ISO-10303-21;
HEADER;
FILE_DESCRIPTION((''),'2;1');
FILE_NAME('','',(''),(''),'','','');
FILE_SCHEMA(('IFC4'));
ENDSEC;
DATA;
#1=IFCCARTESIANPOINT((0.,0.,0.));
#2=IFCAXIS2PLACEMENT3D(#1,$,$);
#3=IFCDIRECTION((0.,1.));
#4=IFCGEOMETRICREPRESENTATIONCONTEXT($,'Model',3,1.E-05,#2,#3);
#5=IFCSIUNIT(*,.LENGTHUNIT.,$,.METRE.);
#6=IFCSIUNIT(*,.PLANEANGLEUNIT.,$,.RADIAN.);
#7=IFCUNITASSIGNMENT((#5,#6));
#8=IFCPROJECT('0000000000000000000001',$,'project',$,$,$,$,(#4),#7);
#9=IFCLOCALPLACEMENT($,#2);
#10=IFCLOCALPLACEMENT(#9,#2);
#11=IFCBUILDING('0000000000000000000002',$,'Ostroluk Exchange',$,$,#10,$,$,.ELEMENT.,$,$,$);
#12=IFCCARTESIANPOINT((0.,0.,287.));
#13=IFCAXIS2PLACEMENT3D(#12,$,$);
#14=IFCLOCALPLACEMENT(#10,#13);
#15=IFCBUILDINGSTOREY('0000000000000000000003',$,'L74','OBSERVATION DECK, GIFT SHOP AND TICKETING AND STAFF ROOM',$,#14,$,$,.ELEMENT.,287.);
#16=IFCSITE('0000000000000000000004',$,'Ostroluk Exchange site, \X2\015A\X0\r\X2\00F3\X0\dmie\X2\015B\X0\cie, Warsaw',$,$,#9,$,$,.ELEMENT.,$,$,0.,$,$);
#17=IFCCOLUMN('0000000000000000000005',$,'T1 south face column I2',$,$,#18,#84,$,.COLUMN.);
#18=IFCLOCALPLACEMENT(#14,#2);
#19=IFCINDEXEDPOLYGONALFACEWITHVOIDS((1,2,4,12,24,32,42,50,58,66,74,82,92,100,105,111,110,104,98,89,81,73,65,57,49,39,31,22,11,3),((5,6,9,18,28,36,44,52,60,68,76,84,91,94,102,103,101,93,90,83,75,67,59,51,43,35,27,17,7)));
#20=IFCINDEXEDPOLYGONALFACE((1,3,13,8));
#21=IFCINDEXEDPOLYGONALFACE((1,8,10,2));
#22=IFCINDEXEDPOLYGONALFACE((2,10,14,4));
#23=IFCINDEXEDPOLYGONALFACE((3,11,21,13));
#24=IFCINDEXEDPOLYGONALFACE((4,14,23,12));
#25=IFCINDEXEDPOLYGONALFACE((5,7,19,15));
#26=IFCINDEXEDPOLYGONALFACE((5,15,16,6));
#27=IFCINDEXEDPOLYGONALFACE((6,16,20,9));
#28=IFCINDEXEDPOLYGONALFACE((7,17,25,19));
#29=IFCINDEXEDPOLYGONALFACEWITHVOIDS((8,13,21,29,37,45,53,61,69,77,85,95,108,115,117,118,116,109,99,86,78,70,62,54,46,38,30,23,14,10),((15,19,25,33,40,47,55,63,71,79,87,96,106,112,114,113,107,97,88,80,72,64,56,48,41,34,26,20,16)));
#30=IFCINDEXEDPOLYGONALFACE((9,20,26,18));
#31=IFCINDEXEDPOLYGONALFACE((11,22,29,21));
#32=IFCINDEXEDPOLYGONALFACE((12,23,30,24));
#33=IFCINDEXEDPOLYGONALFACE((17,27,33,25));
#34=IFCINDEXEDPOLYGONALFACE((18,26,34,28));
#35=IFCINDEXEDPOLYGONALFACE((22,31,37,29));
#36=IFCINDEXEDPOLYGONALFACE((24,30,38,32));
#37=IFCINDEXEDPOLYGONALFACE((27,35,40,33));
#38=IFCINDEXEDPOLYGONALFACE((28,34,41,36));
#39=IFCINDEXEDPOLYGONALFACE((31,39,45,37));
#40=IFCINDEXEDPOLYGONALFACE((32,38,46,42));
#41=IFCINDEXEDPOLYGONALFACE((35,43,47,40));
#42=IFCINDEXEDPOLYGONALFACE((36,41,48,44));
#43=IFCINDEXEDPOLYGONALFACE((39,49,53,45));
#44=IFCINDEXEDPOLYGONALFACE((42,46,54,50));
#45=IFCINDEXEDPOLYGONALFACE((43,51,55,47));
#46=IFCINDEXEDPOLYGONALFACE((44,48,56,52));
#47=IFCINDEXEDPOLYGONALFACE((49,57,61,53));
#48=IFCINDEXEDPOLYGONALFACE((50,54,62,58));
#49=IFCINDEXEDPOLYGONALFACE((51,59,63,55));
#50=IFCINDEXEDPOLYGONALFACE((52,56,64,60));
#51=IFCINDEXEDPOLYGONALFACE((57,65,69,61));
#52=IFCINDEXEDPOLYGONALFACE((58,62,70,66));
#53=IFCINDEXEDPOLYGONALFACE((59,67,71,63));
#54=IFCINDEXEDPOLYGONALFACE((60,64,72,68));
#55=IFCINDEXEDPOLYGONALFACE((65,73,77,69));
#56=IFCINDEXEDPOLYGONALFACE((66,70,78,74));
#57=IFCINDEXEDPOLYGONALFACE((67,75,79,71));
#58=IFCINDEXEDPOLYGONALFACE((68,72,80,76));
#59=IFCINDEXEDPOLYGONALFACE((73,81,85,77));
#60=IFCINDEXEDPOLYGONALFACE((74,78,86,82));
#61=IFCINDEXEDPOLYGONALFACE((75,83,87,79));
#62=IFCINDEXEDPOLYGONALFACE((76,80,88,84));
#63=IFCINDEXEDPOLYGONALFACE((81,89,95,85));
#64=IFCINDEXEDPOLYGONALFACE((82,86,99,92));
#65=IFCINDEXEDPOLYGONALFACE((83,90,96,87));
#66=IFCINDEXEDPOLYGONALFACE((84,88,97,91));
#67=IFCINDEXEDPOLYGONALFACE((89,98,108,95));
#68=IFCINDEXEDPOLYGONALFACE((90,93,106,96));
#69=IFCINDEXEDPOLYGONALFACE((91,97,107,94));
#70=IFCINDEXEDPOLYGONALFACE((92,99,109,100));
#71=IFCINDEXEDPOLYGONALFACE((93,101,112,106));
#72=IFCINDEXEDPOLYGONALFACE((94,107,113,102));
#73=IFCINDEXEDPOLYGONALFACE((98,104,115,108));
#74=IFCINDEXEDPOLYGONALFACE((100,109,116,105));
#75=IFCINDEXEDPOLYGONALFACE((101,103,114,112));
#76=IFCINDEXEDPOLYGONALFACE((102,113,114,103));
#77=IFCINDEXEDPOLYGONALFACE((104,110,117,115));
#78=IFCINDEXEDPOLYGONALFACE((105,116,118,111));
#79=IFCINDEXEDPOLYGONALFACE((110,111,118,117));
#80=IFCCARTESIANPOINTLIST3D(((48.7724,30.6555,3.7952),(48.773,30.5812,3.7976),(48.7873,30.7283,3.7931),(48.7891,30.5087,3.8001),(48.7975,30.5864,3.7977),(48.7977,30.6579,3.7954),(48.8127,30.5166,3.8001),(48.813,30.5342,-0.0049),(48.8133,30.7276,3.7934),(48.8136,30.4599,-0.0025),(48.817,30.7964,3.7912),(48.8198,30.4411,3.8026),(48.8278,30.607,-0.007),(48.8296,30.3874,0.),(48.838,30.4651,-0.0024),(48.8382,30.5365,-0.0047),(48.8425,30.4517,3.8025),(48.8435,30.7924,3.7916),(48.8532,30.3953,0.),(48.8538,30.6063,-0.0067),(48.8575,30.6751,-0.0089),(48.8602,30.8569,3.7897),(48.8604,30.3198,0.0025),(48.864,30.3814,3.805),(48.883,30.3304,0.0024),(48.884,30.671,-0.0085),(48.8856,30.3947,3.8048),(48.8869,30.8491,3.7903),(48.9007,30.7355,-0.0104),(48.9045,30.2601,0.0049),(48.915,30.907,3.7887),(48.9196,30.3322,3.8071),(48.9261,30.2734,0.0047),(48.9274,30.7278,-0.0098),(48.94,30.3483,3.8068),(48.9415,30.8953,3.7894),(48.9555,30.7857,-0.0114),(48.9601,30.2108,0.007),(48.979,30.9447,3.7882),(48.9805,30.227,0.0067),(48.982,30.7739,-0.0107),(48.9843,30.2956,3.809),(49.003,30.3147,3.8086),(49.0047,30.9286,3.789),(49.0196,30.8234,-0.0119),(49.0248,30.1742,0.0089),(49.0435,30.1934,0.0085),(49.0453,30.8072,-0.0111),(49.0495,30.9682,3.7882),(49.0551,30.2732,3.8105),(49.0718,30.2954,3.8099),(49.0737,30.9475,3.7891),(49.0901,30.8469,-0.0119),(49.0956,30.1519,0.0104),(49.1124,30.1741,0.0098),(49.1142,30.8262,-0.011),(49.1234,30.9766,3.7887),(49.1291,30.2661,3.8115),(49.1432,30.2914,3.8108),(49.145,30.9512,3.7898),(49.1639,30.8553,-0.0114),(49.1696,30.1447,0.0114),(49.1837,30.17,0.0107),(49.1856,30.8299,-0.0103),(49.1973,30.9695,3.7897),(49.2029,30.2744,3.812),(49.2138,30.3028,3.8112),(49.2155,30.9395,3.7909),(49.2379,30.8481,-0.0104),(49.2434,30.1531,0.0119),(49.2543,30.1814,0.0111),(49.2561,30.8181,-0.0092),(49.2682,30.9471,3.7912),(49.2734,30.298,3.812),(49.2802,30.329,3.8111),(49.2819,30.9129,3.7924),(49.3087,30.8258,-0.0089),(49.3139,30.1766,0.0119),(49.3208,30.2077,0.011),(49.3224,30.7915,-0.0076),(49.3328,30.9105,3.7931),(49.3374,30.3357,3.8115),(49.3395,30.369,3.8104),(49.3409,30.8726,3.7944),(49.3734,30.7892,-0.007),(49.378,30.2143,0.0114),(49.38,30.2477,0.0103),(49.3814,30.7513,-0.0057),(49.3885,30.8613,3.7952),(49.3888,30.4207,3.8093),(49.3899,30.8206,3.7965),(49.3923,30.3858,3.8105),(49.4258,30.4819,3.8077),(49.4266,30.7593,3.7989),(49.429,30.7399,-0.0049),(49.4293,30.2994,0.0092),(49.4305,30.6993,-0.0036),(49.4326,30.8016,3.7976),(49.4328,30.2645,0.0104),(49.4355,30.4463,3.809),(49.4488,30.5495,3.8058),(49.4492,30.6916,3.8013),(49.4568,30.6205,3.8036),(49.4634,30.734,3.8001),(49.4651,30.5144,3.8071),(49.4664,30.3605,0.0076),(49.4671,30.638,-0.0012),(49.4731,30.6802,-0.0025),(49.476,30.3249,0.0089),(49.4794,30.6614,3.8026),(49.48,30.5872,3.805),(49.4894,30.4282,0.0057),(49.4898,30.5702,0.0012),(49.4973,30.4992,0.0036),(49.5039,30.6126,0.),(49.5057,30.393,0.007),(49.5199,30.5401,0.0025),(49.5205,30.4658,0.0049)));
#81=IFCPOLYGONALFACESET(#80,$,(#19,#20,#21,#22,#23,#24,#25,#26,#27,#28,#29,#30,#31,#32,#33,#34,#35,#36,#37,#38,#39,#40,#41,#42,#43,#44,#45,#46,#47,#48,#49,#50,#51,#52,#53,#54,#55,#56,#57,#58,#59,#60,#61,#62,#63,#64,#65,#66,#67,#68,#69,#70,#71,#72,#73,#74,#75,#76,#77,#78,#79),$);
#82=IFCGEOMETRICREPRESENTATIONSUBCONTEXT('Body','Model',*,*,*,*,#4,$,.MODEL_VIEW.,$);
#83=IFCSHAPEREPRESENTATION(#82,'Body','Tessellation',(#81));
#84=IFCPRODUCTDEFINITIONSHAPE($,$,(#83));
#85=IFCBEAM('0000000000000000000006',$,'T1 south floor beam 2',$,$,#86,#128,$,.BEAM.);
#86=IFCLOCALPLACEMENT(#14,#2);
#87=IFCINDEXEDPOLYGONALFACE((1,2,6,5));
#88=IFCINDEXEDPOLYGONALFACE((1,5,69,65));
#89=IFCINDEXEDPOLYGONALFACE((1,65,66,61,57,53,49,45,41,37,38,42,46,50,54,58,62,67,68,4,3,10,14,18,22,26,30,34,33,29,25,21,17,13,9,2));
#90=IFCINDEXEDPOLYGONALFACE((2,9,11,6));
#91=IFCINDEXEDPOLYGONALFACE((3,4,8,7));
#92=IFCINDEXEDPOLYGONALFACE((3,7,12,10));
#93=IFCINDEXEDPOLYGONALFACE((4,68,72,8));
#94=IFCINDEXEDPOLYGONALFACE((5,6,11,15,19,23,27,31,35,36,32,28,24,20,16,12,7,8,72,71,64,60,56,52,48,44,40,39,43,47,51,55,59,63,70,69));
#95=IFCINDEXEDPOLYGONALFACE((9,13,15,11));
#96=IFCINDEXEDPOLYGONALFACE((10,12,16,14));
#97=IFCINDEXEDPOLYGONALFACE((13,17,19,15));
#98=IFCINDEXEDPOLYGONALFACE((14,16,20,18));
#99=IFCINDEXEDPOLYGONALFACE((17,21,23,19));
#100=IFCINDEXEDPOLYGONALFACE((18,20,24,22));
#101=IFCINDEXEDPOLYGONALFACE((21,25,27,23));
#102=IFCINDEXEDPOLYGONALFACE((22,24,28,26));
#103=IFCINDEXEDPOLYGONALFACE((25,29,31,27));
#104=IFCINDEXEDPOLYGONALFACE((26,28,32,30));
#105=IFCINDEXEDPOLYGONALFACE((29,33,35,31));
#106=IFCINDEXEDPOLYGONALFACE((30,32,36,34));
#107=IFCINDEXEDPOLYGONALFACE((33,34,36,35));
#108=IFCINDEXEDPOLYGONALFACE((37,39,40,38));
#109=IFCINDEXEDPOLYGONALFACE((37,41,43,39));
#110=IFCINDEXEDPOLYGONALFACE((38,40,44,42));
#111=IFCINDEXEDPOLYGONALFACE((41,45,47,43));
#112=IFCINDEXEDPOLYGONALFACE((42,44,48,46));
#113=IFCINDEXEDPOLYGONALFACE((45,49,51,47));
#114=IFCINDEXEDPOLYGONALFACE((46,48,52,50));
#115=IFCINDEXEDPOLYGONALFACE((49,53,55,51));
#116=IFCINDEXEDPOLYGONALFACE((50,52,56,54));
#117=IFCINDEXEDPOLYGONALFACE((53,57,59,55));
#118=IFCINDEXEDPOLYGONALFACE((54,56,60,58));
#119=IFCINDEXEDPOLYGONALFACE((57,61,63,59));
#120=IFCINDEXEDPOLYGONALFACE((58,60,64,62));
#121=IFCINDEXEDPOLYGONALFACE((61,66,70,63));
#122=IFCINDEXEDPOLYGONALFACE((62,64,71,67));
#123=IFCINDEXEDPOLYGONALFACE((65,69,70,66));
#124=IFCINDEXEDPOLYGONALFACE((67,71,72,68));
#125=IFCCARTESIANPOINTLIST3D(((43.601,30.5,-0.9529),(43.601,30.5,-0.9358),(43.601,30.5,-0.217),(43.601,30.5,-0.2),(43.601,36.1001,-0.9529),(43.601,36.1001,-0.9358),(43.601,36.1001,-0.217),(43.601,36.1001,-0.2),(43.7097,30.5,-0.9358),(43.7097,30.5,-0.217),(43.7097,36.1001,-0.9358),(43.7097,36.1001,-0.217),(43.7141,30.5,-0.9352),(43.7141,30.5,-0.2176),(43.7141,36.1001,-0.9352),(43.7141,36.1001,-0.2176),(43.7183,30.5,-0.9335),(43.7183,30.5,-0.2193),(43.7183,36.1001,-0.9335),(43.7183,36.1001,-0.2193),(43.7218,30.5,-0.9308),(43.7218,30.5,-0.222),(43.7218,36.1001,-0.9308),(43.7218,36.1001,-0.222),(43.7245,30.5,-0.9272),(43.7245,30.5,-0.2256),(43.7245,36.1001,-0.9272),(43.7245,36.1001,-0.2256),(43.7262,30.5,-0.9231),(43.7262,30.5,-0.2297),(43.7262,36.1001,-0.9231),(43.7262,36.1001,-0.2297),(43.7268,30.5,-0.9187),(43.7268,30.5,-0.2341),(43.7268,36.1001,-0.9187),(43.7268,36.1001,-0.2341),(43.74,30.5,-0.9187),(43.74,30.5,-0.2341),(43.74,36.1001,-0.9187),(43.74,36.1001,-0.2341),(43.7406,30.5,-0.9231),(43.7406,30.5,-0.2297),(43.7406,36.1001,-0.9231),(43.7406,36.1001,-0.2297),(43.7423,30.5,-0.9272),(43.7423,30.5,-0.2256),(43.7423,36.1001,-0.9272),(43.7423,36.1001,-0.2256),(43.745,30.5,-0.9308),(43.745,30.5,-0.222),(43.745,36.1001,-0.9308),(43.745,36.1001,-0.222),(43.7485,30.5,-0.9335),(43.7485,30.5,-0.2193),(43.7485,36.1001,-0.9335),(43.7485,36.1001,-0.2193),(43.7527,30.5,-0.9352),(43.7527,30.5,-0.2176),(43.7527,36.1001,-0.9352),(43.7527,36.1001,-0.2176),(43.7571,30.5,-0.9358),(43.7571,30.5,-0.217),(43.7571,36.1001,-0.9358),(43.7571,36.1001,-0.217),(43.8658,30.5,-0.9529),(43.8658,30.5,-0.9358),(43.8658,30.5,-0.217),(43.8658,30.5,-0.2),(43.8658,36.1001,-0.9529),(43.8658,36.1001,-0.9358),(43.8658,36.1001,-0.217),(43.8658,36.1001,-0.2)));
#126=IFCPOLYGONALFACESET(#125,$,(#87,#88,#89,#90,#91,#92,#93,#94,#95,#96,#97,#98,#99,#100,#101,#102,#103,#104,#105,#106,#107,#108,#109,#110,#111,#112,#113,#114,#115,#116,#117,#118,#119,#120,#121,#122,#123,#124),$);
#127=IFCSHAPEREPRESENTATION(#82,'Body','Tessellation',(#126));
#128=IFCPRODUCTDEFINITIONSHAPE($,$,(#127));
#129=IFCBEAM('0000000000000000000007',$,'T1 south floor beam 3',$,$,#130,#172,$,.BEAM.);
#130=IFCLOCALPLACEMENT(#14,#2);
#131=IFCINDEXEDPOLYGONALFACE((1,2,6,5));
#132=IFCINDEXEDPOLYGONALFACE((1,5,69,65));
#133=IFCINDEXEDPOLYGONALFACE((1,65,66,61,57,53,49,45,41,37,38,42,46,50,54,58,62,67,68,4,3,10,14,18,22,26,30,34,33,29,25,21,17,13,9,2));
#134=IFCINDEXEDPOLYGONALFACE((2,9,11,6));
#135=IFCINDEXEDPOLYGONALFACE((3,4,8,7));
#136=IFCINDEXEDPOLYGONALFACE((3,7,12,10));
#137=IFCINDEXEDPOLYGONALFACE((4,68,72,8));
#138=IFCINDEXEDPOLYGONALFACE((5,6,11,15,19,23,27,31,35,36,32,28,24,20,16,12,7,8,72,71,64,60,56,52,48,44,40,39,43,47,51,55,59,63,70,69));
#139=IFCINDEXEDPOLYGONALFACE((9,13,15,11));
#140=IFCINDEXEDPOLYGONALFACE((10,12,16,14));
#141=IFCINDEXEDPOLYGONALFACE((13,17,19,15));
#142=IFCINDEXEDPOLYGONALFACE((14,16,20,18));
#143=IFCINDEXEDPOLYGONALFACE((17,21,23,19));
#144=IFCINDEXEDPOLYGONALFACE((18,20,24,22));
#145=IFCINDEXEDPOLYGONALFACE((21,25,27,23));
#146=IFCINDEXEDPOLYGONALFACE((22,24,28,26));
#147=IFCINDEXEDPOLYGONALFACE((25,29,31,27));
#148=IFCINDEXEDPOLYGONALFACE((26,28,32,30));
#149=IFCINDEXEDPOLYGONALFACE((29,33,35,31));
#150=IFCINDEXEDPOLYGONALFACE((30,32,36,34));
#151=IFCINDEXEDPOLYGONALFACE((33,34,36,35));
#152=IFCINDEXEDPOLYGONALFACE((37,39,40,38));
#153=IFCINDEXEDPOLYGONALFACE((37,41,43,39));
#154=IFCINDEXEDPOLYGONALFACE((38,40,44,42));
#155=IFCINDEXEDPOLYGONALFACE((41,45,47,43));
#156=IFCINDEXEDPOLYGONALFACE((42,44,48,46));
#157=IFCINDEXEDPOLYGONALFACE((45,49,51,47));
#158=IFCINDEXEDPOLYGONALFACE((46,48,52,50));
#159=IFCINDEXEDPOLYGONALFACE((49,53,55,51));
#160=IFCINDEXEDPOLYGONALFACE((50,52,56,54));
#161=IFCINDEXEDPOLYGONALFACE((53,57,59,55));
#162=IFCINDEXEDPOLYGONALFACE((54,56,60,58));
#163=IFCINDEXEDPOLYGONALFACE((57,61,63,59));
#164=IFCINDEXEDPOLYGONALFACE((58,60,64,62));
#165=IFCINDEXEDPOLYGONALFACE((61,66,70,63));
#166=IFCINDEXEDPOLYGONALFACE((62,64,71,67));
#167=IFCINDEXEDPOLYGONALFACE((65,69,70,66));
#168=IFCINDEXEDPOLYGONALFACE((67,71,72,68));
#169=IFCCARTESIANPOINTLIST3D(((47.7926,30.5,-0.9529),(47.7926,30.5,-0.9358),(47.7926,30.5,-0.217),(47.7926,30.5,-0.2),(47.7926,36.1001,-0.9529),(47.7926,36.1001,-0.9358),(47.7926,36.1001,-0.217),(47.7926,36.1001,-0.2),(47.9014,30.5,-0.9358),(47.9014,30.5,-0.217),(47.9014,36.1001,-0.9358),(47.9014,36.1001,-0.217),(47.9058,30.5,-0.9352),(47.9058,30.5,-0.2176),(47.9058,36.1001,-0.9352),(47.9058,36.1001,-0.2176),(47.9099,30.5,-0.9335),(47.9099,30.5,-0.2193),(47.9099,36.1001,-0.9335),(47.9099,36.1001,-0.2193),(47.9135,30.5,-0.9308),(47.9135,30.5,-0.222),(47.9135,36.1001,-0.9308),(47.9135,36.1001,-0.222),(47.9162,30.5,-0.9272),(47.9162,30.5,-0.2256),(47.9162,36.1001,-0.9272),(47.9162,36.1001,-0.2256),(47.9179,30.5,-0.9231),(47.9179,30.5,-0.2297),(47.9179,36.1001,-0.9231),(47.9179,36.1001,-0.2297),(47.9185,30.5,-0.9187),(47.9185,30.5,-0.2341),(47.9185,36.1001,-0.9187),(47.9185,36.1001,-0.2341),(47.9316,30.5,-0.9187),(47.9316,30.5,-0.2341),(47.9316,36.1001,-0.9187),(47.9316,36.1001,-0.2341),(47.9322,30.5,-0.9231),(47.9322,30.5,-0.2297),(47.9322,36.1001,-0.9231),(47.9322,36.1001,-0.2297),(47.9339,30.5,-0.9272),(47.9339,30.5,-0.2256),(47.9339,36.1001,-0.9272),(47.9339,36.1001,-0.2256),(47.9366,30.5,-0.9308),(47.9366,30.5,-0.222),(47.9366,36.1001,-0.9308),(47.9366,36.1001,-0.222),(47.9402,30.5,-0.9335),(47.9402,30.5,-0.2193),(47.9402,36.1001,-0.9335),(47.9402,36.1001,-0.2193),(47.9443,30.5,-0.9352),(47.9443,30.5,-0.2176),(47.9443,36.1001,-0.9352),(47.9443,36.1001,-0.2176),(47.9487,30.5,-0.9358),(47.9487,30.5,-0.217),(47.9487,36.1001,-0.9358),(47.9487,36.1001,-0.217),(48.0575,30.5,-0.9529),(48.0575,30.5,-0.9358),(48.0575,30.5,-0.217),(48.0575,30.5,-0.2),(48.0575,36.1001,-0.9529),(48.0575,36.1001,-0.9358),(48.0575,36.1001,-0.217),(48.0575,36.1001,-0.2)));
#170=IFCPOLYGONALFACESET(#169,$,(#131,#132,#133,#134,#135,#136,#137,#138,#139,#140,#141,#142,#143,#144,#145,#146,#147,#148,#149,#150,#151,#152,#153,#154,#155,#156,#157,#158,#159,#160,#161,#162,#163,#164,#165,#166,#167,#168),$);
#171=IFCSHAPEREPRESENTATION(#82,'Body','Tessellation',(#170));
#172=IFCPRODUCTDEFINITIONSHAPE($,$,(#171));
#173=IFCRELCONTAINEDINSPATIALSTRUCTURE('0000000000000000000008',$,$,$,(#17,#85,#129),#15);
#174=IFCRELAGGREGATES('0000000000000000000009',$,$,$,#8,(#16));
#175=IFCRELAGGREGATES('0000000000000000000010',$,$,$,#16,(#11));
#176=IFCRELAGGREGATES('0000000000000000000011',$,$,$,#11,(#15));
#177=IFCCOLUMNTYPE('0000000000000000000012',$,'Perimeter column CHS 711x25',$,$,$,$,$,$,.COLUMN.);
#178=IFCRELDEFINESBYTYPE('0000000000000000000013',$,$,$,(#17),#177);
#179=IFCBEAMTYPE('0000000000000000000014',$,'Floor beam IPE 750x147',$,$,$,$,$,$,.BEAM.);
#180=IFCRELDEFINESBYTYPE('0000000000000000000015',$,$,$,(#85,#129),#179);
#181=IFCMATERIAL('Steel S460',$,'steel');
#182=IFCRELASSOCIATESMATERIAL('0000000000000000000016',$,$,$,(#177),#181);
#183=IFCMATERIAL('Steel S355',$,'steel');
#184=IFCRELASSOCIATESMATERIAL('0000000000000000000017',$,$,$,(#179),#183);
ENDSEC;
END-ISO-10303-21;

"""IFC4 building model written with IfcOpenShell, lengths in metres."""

from ifc_helpers import new_model, si_unit, direction, frame, origin, origin_2d, place, context, subcontext, project, spatial, hollow_circle, i_section, extrude, material, material_profile, profile_set, type_object, element, save


model = new_model("IFC4")

# Units and contexts
model_context = context("Model", 3, precision=1e-05, world=origin(), true_north=direction((0.0, 1.0)))
body_context = subcontext(model_context, "Body", "Model", "MODEL_VIEW")
ifc_project = project(units=[si_unit("LENGTHUNIT", "METRE"), si_unit("PLANEANGLEUNIT", "RADIAN")], contexts=[model_context])

# Site, building, storey
site_placement = place(None, origin())
site = spatial("IfcSite", under=ifc_project, at=site_placement, Name="Ostroluk Exchange site, Śródmieście, Warsaw", CompositionType="ELEMENT", RefElevation=0.0)
building_placement = place(site_placement, origin())
building = spatial("IfcBuilding", under=site, at=building_placement, Name="Ostroluk Exchange", CompositionType="ELEMENT")
storey_placement = place(building_placement, frame((0.0, 0.0, 287.0)))
storey = spatial("IfcBuildingStorey", under=building, at=storey_placement, Name="L74", Description="OBSERVATION DECK, GIFT SHOP AND TICKETING AND STAFF ROOM", CompositionType="ELEMENT", Elevation=287.0)

# Column
ifc_material_1 = material(Name="Steel S460", Category="steel")
ifc_material_profile_1 = material_profile(ifc_material_1, hollow_circle(Radius=0.3555, WallThickness=0.0249, at=origin_2d()), Name="CHS 711x25")
ifc_profile_set_1 = profile_set([ifc_material_profile_1], Name="Steel S460")
column_type = type_object("IfcColumnType", Name="Perimeter column CHS 711x25", PredefinedType="COLUMN", material=ifc_profile_set_1)
column_placement = place(storey_placement, frame((49.1667, 30.5, 0.0), z_axis=(-0.010659, 0.031913, 0.999434), x_axis=(-0.948492, -0.3168, 0.0)))
element("IfcColumn", 1, at=column_placement, inside=storey, type_object=column_type, Name="T1 south face column I2", PredefinedType="COLUMN", context=body_context, shape_type="SweptSolid", body=[
    extrude(hollow_circle(Radius=0.3555, WallThickness=0.0249, at=origin_2d()), origin(), (0.0, 0.0, 1.0), 3.8022),
])

# Beams
ifc_material_2 = material(Name="Steel S355", Category="steel")
ifc_material_profile_2 = material_profile(ifc_material_2, i_section(OverallWidth=0.2649, OverallDepth=0.7529, WebThickness=0.0132, FlangeThickness=0.0171, FilletRadius=0.0171, at=origin_2d()), Name="IPE 750x147")
ifc_profile_set_2 = profile_set([ifc_material_profile_2], Name="Steel S355")
beam_type_1 = type_object("IfcBeamType", Name="Floor beam IPE 750x147", PredefinedType="BEAM", material=ifc_profile_set_2)
for number, where, z_axis, x_axis, name in (
    (2, (43.7334, 36.1001, -0.5764), (0.0, -1.0, 0.0), (1.0, 0.0, 0.0), "T1 south floor beam 2"),
    (3, (47.925, 36.1001, -0.5764), (0.0, -1.0, 0.0), (1.0, 0.0, 0.0), "T1 south floor beam 3"),
):
    element("IfcBeam", number, at=place(storey_placement, frame(where, z_axis=z_axis, x_axis=x_axis)), inside=storey, type_object=beam_type_1, Name=name, PredefinedType="BEAM", context=body_context, shape_type="SweptSolid", body=[
        extrude(i_section(OverallWidth=0.2649, OverallDepth=0.7529, WebThickness=0.0132, FlangeThickness=0.0171, FilletRadius=0.0171, at=origin_2d()), origin(), (0.0, 0.0, 1.0), 5.6001),
    ])

save(model, "model.ifc")
